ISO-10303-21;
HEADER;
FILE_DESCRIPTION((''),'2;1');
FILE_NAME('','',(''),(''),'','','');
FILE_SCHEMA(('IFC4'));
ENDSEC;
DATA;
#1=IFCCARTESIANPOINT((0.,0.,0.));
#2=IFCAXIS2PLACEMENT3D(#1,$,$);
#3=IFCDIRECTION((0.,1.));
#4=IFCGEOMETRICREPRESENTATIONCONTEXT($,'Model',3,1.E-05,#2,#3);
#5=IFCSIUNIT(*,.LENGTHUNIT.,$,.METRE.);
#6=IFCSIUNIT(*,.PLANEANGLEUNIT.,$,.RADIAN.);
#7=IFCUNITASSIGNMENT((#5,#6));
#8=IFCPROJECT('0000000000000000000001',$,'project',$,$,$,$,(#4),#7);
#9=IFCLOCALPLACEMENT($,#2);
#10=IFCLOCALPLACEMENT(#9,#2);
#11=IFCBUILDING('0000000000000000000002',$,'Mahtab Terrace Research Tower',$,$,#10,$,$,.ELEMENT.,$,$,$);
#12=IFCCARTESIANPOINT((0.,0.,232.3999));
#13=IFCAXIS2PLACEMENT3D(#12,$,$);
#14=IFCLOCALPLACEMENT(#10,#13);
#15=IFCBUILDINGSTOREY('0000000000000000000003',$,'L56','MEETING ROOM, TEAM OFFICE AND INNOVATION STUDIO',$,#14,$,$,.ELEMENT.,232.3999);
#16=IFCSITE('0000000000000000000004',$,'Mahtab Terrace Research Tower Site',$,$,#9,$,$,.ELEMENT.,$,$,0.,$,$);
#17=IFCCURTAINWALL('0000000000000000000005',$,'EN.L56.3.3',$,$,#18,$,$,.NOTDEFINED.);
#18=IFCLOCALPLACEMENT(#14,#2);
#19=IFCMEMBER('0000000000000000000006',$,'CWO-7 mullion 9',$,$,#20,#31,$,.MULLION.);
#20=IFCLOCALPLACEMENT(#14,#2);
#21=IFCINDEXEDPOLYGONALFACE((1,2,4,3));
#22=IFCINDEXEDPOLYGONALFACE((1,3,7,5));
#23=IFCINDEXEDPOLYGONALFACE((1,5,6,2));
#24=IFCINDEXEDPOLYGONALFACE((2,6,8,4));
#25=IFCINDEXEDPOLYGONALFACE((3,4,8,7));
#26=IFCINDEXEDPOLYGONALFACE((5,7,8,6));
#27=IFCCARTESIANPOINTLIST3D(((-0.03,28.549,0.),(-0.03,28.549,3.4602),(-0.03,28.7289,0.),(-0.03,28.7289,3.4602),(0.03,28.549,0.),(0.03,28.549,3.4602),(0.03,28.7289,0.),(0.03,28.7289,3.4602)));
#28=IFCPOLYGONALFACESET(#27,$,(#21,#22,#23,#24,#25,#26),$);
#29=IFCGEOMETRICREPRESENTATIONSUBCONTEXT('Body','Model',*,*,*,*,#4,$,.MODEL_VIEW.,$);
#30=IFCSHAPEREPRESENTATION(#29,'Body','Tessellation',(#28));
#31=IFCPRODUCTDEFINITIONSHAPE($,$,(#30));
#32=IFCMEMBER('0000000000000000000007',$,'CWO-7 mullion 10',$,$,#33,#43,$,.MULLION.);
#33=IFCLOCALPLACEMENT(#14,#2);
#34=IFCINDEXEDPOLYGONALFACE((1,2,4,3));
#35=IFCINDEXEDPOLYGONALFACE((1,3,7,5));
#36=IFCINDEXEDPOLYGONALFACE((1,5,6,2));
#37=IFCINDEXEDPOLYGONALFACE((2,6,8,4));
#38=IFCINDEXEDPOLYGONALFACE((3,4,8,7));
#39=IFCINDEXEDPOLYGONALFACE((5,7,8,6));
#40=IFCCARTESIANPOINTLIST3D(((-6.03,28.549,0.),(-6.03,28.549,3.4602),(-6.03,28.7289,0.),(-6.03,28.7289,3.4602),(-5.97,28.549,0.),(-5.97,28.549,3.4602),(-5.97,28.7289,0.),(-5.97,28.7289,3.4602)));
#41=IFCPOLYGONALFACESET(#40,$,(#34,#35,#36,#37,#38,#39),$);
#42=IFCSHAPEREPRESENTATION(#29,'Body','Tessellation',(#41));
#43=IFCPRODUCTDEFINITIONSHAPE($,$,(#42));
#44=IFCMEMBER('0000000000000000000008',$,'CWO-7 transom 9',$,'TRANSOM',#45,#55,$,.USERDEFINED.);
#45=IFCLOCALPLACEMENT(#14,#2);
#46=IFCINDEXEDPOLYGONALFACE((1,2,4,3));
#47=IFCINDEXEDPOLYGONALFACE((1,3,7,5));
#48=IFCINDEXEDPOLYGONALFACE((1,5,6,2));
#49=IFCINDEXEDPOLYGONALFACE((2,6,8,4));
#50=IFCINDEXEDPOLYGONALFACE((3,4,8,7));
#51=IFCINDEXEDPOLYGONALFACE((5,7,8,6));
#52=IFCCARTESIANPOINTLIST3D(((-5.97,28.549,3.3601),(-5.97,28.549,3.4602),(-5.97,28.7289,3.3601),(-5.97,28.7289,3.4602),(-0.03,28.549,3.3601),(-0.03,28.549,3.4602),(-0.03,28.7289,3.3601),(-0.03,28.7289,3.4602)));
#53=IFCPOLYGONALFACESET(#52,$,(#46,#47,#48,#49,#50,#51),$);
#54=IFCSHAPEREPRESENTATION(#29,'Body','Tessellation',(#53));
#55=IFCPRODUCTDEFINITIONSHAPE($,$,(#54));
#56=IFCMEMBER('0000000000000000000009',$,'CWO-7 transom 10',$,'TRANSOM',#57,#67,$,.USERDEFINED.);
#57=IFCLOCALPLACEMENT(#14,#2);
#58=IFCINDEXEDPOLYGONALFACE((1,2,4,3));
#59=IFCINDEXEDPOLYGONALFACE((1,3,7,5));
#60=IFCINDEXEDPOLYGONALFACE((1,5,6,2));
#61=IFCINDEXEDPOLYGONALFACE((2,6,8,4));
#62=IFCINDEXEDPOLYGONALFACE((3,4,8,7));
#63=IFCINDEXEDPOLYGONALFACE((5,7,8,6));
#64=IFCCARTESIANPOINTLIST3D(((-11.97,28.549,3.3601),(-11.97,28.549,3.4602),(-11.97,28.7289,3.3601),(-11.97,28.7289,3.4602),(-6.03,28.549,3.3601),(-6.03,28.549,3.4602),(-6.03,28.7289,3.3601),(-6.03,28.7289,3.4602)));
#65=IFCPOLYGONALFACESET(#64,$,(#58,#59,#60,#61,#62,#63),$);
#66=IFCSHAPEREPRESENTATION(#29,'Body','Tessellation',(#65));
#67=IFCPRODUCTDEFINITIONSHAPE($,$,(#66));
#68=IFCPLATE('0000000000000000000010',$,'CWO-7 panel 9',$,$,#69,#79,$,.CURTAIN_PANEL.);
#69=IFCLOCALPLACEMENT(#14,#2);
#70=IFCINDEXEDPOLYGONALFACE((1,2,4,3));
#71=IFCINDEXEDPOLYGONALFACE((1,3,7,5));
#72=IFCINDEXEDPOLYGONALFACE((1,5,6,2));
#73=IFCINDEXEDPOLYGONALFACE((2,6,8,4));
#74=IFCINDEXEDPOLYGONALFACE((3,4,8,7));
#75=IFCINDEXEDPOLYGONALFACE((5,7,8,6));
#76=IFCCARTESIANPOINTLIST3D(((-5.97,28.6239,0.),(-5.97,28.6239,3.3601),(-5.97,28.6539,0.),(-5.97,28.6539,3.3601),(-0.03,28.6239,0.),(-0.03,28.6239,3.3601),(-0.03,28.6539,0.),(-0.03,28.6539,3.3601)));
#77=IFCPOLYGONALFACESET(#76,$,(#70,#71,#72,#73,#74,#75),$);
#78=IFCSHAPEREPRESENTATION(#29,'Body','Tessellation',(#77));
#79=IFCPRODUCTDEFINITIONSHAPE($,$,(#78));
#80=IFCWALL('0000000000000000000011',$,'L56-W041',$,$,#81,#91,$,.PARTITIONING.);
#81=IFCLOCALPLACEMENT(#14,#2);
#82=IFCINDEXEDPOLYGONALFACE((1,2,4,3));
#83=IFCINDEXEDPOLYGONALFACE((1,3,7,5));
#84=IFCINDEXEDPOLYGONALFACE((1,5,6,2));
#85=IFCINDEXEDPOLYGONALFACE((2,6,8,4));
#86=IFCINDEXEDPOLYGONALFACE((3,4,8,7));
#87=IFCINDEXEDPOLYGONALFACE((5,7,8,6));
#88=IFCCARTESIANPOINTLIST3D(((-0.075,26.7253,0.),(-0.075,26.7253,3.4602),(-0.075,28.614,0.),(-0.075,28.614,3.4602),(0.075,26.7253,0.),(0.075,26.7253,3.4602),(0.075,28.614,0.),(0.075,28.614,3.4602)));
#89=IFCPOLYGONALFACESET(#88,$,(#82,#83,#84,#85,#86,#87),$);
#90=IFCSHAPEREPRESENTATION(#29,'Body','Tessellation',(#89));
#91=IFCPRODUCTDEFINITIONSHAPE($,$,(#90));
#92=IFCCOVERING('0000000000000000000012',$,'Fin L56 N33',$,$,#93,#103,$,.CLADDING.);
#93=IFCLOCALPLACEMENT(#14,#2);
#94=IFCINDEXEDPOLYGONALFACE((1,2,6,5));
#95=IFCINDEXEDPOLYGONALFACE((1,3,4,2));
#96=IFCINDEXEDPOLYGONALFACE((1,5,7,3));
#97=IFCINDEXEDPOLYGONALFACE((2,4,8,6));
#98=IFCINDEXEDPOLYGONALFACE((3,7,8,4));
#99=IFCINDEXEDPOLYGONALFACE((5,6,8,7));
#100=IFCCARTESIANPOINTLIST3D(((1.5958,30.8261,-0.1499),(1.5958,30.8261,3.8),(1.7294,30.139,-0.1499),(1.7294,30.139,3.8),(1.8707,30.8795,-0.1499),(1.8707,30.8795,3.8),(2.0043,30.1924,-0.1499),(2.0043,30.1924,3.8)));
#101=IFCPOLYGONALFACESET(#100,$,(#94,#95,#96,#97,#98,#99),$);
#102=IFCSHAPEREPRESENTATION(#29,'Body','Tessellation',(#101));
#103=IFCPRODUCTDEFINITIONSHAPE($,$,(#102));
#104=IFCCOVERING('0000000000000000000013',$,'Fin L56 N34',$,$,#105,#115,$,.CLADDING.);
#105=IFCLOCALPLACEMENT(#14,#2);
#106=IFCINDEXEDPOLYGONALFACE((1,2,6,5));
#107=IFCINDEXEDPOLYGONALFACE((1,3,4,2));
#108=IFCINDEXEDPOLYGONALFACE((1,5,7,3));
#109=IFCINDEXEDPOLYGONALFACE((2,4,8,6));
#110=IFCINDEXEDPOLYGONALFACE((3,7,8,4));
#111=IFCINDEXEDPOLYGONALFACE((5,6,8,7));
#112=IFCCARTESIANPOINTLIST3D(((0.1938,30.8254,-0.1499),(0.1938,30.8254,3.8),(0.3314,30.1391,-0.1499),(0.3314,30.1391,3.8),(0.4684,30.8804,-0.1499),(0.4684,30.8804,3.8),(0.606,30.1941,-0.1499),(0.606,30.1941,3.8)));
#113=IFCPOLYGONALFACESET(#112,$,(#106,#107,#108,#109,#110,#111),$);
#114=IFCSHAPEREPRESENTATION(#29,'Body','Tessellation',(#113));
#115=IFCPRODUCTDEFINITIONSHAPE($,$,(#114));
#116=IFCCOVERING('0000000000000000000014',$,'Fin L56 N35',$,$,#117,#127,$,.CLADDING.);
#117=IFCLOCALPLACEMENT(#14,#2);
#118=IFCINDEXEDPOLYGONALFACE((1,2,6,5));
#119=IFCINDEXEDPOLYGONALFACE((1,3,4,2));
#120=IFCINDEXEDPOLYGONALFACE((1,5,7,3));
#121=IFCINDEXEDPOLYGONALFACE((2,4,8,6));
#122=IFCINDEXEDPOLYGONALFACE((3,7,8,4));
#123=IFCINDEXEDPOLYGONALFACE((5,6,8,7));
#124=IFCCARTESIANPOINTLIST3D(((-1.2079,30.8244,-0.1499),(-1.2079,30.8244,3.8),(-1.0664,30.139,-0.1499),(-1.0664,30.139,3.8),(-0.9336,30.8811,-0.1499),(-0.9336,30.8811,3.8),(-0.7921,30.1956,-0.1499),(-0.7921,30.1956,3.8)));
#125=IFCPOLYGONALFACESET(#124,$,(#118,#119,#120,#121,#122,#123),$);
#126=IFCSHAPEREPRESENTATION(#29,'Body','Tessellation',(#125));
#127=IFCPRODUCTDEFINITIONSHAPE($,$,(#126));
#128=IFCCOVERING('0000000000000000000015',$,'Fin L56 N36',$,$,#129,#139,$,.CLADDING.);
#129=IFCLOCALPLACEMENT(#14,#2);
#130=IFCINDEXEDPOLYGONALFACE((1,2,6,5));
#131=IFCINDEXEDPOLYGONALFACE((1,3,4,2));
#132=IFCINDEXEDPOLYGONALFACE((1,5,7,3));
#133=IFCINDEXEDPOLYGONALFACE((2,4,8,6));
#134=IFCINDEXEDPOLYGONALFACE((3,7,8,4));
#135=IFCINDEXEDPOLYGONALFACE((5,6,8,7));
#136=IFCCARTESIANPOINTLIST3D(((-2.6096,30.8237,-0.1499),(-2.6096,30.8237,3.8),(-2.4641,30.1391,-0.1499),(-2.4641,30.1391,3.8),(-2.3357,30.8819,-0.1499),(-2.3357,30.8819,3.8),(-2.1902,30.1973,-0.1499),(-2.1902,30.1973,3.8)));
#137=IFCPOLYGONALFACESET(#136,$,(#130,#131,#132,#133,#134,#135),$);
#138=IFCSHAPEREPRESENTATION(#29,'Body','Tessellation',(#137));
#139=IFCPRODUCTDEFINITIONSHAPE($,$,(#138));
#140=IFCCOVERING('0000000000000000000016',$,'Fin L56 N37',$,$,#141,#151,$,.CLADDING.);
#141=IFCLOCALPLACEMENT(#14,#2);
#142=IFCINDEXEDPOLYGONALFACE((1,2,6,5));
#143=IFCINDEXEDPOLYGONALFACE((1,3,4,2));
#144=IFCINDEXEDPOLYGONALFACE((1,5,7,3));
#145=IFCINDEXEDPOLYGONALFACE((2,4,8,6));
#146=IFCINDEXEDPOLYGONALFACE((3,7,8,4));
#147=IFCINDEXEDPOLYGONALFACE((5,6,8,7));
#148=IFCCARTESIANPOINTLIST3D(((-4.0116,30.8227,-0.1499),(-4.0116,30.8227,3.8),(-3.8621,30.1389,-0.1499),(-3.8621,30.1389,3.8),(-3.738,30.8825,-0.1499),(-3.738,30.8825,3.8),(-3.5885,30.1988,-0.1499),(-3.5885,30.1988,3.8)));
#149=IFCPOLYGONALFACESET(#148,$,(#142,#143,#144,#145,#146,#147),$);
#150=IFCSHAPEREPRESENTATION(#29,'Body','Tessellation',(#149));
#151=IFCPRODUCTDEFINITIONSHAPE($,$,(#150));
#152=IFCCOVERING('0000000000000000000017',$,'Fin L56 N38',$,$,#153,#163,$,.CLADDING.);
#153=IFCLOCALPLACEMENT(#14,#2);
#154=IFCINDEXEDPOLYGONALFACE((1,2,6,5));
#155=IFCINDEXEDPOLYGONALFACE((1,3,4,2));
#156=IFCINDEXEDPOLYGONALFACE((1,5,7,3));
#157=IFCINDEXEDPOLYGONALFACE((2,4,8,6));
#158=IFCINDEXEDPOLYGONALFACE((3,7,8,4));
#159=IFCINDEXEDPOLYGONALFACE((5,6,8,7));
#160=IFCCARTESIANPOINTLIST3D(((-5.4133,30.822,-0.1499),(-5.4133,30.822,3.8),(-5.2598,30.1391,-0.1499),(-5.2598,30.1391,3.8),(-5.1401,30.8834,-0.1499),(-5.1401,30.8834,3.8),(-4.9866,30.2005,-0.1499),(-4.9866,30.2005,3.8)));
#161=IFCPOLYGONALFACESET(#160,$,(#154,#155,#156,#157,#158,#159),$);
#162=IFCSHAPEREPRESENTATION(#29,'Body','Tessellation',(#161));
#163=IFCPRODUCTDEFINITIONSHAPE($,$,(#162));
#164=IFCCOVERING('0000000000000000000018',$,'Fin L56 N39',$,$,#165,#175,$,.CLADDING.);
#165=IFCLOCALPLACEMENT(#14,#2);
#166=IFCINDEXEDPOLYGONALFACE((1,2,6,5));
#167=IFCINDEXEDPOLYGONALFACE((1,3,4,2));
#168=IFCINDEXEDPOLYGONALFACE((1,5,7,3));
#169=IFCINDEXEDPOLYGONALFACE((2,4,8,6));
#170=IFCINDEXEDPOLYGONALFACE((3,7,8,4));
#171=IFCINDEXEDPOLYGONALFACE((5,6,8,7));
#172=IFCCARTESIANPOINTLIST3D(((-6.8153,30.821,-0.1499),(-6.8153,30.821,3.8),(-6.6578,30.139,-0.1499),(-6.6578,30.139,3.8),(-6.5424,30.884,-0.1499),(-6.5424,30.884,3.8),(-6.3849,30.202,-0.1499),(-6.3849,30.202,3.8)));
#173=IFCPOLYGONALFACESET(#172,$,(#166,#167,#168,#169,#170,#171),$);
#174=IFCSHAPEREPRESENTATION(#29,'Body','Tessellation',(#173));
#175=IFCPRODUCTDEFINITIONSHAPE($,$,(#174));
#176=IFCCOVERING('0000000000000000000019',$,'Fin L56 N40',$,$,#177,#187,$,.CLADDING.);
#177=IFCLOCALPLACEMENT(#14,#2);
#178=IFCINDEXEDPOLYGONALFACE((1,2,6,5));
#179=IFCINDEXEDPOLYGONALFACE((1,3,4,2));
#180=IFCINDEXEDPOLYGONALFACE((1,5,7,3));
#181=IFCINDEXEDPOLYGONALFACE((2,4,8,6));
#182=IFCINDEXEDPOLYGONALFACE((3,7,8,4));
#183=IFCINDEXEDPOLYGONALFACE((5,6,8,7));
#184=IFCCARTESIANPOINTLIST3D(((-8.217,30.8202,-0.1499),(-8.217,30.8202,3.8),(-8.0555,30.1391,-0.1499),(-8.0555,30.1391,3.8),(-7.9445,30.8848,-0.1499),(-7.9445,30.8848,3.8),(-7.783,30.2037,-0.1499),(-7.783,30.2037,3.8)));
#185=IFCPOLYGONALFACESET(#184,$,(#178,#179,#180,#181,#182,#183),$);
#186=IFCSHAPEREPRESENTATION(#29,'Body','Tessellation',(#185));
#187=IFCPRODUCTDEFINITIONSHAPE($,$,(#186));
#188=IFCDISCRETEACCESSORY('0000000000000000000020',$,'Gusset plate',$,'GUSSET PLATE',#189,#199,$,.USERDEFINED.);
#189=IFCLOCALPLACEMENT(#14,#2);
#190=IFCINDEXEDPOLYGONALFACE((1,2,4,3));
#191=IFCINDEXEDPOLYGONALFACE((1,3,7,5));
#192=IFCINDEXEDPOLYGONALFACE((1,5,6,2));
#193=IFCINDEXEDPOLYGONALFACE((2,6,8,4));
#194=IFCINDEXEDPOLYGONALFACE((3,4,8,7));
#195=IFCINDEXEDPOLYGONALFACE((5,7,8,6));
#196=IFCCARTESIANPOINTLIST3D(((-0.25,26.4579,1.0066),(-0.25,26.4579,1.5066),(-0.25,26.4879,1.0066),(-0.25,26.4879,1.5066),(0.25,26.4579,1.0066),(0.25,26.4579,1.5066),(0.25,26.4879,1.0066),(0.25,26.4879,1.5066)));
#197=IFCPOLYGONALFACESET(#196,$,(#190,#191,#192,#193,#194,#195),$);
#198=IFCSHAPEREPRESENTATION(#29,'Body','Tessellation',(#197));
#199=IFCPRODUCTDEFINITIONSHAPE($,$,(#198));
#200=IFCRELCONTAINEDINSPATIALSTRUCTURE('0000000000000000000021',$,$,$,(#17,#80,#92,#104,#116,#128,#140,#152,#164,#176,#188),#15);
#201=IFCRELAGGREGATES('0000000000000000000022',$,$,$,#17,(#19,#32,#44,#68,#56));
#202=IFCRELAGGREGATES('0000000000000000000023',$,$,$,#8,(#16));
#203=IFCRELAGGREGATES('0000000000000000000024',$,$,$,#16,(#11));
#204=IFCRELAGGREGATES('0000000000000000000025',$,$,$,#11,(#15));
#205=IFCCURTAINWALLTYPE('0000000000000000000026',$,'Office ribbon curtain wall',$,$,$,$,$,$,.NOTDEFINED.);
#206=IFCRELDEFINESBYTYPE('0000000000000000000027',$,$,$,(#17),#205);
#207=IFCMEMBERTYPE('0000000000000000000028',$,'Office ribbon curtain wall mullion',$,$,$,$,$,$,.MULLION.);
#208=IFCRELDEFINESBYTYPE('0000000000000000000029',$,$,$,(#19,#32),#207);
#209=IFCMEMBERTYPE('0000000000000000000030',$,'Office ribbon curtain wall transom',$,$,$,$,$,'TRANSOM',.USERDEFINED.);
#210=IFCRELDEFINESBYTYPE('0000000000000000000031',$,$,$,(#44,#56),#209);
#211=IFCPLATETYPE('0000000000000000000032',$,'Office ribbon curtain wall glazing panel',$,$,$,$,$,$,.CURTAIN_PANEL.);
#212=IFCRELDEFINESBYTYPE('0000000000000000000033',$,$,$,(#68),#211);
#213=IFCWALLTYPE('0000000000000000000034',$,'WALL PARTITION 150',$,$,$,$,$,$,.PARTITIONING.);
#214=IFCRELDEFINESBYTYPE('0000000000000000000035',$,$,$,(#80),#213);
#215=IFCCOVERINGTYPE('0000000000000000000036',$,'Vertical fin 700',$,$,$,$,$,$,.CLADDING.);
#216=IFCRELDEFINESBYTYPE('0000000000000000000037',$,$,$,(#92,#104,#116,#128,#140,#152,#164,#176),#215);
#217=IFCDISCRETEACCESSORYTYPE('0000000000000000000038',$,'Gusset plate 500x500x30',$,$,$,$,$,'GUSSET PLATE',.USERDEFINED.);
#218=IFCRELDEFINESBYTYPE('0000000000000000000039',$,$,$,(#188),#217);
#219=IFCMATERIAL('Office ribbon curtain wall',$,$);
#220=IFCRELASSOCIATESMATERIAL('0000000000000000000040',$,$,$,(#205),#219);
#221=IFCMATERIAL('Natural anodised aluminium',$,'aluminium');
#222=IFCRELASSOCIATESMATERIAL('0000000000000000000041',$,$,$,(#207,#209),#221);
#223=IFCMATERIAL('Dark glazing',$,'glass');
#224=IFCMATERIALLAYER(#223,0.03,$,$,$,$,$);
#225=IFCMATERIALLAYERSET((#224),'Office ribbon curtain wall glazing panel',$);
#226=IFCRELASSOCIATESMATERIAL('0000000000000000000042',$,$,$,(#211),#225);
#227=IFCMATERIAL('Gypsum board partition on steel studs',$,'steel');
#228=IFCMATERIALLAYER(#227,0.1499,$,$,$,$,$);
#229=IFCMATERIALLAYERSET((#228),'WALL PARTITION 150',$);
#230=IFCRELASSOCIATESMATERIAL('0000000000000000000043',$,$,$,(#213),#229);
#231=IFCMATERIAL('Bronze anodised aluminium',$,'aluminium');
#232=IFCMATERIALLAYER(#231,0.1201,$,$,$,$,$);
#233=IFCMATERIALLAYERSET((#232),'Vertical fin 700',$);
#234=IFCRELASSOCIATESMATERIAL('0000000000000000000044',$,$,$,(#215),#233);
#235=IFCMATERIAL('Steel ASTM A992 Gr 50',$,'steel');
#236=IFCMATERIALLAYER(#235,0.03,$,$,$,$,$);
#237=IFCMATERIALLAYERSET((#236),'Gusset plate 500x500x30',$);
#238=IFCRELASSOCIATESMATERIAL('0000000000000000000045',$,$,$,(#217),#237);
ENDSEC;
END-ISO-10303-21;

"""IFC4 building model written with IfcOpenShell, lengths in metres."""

from ifc_helpers import new_model, si_unit, direction, frame, frame_2d, origin, origin_2d, place, context, subcontext, project, spatial, rectangle, extrude, material, layer, layer_set, material_profile, profile_set, type_object, element, aggregate, save


model = new_model("IFC4")

# Units and contexts
model_context = context("Model", 3, precision=1e-05, world=origin(), true_north=direction((0.0, 1.0)))
body_context = subcontext(model_context, "Body", "Model", "MODEL_VIEW")
ifc_project = project(units=[si_unit("LENGTHUNIT", "METRE"), si_unit("PLANEANGLEUNIT", "RADIAN")], contexts=[model_context])

# Site, building, storey
site_placement = place(None, origin())
site = spatial("IfcSite", under=ifc_project, at=site_placement, Name="Mahtab Terrace Research Tower Site", CompositionType="ELEMENT", RefElevation=0.0)
building_placement = place(site_placement, origin())
building = spatial("IfcBuilding", under=site, at=building_placement, Name="Mahtab Terrace Research Tower", CompositionType="ELEMENT")
storey_placement = place(building_placement, frame((0.0, 0.0, 232.3999)))
storey = spatial("IfcBuildingStorey", under=building, at=storey_placement, Name="L56", Description="MEETING ROOM, TEAM OFFICE AND INNOVATION STUDIO", CompositionType="ELEMENT", Elevation=232.3999)

# Curtain wall, members, plate
ifc_material_1 = material(Name="Office ribbon curtain wall")
curtain_wall_type = type_object("IfcCurtainWallType", Name="Office ribbon curtain wall", PredefinedType="NOTDEFINED", material=ifc_material_1)
curtain_wall_placement = place(storey_placement, origin())
curtain_wall = element("IfcCurtainWall", 1, at=curtain_wall_placement, inside=storey, type_object=curtain_wall_type, Name="EN.L56.3.3", PredefinedType="NOTDEFINED")
ifc_material_2 = material(Name="Natural anodised aluminium", Category="aluminium")
ifc_material_profile_1 = material_profile(ifc_material_2, rectangle(XDim=0.1799, YDim=0.0601, at=origin_2d()), Name="MULLION 60x180")
ifc_profile_set_1 = profile_set([ifc_material_profile_1], Name="Natural anodised aluminium")
member_type_1 = type_object("IfcMemberType", Name="Office ribbon curtain wall mullion", PredefinedType="MULLION", material=ifc_profile_set_1)
member_1_placement = place(storey_placement, frame((0.0, 28.6389, 0.0), z_axis=(0.0, 0.0, 1.0), x_axis=(0.0, -1.0, 0.0)))
member_1 = element("IfcMember", 2, at=member_1_placement, type_object=member_type_1, Name="CWO-7 mullion 9", PredefinedType="MULLION", context=body_context, shape_type="SweptSolid", body=[
    extrude(rectangle(XDim=0.1799, YDim=0.0601, at=origin_2d()), origin(), (0.0, 0.0, 1.0), 3.4602),
])
member_2_placement = place(storey_placement, frame((-6.0, 28.6389, 0.0), z_axis=(0.0, 0.0, 1.0), x_axis=(0.0, -1.0, 0.0)))
member_2 = element("IfcMember", 3, at=member_2_placement, type_object=member_type_1, Name="CWO-7 mullion 10", PredefinedType="MULLION", context=body_context, shape_type="SweptSolid", body=[
    extrude(rectangle(XDim=0.1799, YDim=0.0601, at=origin_2d()), origin(), (0.0, 0.0, 1.0), 3.4602),
])
ifc_material_profile_2 = material_profile(ifc_material_2, rectangle(XDim=0.1799, YDim=0.1001, at=origin_2d()), Name="TRANSOM 100x180")
ifc_profile_set_2 = profile_set([ifc_material_profile_2], Name="Natural anodised aluminium")
member_type_2 = type_object("IfcMemberType", Name="Office ribbon curtain wall transom", ElementType="TRANSOM", PredefinedType="USERDEFINED", material=ifc_profile_set_2)
member_3_placement = place(storey_placement, frame((-0.03, 28.6389, 3.4102), z_axis=(-1.0, 0.0, 0.0), x_axis=(0.0, -1.0, 0.0)))
member_3 = element("IfcMember", 4, at=member_3_placement, type_object=member_type_2, Name="CWO-7 transom 9", ObjectType="TRANSOM", PredefinedType="USERDEFINED", context=body_context, shape_type="SweptSolid", body=[
    extrude(rectangle(XDim=0.1799, YDim=0.1001, at=origin_2d()), origin(), (0.0, 0.0, 1.0), 5.9399),
])
member_4_placement = place(storey_placement, frame((-6.03, 28.6389, 3.4102), z_axis=(-1.0, 0.0, 0.0), x_axis=(0.0, -1.0, 0.0)))
member_4 = element("IfcMember", 5, at=member_4_placement, type_object=member_type_2, Name="CWO-7 transom 10", ObjectType="TRANSOM", PredefinedType="USERDEFINED", context=body_context, shape_type="SweptSolid", body=[
    extrude(rectangle(XDim=0.1799, YDim=0.1001, at=origin_2d()), origin(), (0.0, 0.0, 1.0), 5.9399),
])
ifc_material_3 = material(Name="Dark glazing", Category="glass")
ifc_layer_1 = layer(ifc_material_3, 0.03)
ifc_layer_set_1 = layer_set([ifc_layer_1], Name="Office ribbon curtain wall glazing panel")
plate_type = type_object("IfcPlateType", Name="Office ribbon curtain wall glazing panel", PredefinedType="CURTAIN_PANEL", material=ifc_layer_set_1)
plate_placement = place(storey_placement, frame((-3.0, 28.6389, 0.0), z_axis=(0.0, 0.0, 1.0), x_axis=(-1.0, 0.0, 0.0)))
plate = element("IfcPlate", 6, at=plate_placement, type_object=plate_type, Name="CWO-7 panel 9", PredefinedType="CURTAIN_PANEL", context=body_context, shape_type="SweptSolid", body=[
    extrude(rectangle(XDim=5.9399, YDim=0.03, at=origin_2d()), origin(), (0.0, 0.0, 1.0), 3.3601),
])
aggregate(curtain_wall, [member_1, member_2, member_3, plate, member_4])

# Wall
ifc_material_4 = material(Name="Gypsum board partition on steel studs", Category="steel")
ifc_layer_2 = layer(ifc_material_4, 0.1499)
ifc_layer_set_2 = layer_set([ifc_layer_2], Name="WALL PARTITION 150")
wall_type = type_object("IfcWallType", Name="WALL PARTITION 150", PredefinedType="PARTITIONING", material=ifc_layer_set_2)
wall_placement = place(storey_placement, frame((0.0, 26.7253, 0.0), z_axis=(0.0, 0.0, 1.0), x_axis=(0.0, 1.0, 0.0)))
element("IfcWall", 7, at=wall_placement, inside=storey, type_object=wall_type, Name="L56-W041", PredefinedType="PARTITIONING", context=body_context, shape_type="SweptSolid", body=[
    extrude(rectangle(XDim=1.8887, YDim=0.1499, at=frame_2d((0.9443, 0.0))), origin(), (0.0, 0.0, 1.0), 3.4602),
])

# Coverings
ifc_material_5 = material(Name="Bronze anodised aluminium", Category="aluminium")
ifc_layer_3 = layer(ifc_material_5, 0.1201)
ifc_layer_set_3 = layer_set([ifc_layer_3], Name="Vertical fin 700")
covering_type = type_object("IfcCoveringType", Name="Vertical fin 700", PredefinedType="CLADDING", material=ifc_layer_set_3)
for number, where, z_axis, x_axis, name in (
    (8, (1.8, 30.5093, -0.1499), (0.0, 0.0, 1.0), (-0.981627, -0.190809, 0.0), "Fin L56 N33"),
    (9, (0.3999, 30.5098, -0.1499), (0.0, 0.0, 1.0), (-0.9805, -0.196517, 0.0), "Fin L56 N34"),
    (10, (-1.0, 30.51, -0.1499), (0.0, 0.0, 1.0), (-0.979341, -0.202218, 0.0), "Fin L56 N35"),
    (11, (-2.3999, 30.5105, -0.1499), (0.0, 0.0, 1.0), (-0.978148, -0.207912, 0.0), "Fin L56 N36"),
    (12, (-3.8, 30.5107, -0.1499), (0.0, 0.0, 1.0), (-0.976921, -0.213599, 0.0), "Fin L56 N37"),
    (13, (-5.2, 30.5112, -0.1499), (0.0, 0.0, 1.0), (-0.975662, -0.219279, 0.0), "Fin L56 N38"),
    (14, (-6.6001, 30.5115, -0.1499), (0.0, 0.0, 1.0), (-0.97437, -0.224951, 0.0), "Fin L56 N39"),
    (15, (-8.0, 30.512, -0.1499), (0.0, 0.0, 1.0), (-0.973045, -0.230616, 0.0), "Fin L56 N40"),
):
    element("IfcCovering", number, at=place(storey_placement, frame(where, z_axis=z_axis, x_axis=x_axis)), inside=storey, type_object=covering_type, Name=name, PredefinedType="CLADDING", context=body_context, shape_type="SweptSolid", body=[
        extrude(rectangle(XDim=0.28, YDim=0.7, at=origin_2d()), origin(), (0.0, 0.0, 1.0), 3.95),
    ])

# Discrete accessory
ifc_material_6 = material(Name="Steel ASTM A992 Gr 50", Category="steel")
ifc_layer_4 = layer(ifc_material_6, 0.03)
ifc_layer_set_4 = layer_set([ifc_layer_4], Name="Gusset plate 500x500x30")
discrete_accessory_type = type_object("IfcDiscreteAccessoryType", Name="Gusset plate 500x500x30", ElementType="GUSSET PLATE", PredefinedType="USERDEFINED", material=ifc_layer_set_4)
discrete_accessory_placement = place(storey_placement, frame((0.0, 26.4729, 1.0066), z_axis=(0.0, 0.0, 1.0), x_axis=(1.0, 0.0, 0.0)))
element("IfcDiscreteAccessory", 16, at=discrete_accessory_placement, inside=storey, type_object=discrete_accessory_type, Name="Gusset plate", ObjectType="GUSSET PLATE", PredefinedType="USERDEFINED", context=body_context, shape_type="SweptSolid", body=[
    extrude(rectangle(XDim=0.5, YDim=0.03, at=origin_2d()), origin(), (0.0, 0.0, 1.0), 0.5),
])

save(model, "model.ifc")
